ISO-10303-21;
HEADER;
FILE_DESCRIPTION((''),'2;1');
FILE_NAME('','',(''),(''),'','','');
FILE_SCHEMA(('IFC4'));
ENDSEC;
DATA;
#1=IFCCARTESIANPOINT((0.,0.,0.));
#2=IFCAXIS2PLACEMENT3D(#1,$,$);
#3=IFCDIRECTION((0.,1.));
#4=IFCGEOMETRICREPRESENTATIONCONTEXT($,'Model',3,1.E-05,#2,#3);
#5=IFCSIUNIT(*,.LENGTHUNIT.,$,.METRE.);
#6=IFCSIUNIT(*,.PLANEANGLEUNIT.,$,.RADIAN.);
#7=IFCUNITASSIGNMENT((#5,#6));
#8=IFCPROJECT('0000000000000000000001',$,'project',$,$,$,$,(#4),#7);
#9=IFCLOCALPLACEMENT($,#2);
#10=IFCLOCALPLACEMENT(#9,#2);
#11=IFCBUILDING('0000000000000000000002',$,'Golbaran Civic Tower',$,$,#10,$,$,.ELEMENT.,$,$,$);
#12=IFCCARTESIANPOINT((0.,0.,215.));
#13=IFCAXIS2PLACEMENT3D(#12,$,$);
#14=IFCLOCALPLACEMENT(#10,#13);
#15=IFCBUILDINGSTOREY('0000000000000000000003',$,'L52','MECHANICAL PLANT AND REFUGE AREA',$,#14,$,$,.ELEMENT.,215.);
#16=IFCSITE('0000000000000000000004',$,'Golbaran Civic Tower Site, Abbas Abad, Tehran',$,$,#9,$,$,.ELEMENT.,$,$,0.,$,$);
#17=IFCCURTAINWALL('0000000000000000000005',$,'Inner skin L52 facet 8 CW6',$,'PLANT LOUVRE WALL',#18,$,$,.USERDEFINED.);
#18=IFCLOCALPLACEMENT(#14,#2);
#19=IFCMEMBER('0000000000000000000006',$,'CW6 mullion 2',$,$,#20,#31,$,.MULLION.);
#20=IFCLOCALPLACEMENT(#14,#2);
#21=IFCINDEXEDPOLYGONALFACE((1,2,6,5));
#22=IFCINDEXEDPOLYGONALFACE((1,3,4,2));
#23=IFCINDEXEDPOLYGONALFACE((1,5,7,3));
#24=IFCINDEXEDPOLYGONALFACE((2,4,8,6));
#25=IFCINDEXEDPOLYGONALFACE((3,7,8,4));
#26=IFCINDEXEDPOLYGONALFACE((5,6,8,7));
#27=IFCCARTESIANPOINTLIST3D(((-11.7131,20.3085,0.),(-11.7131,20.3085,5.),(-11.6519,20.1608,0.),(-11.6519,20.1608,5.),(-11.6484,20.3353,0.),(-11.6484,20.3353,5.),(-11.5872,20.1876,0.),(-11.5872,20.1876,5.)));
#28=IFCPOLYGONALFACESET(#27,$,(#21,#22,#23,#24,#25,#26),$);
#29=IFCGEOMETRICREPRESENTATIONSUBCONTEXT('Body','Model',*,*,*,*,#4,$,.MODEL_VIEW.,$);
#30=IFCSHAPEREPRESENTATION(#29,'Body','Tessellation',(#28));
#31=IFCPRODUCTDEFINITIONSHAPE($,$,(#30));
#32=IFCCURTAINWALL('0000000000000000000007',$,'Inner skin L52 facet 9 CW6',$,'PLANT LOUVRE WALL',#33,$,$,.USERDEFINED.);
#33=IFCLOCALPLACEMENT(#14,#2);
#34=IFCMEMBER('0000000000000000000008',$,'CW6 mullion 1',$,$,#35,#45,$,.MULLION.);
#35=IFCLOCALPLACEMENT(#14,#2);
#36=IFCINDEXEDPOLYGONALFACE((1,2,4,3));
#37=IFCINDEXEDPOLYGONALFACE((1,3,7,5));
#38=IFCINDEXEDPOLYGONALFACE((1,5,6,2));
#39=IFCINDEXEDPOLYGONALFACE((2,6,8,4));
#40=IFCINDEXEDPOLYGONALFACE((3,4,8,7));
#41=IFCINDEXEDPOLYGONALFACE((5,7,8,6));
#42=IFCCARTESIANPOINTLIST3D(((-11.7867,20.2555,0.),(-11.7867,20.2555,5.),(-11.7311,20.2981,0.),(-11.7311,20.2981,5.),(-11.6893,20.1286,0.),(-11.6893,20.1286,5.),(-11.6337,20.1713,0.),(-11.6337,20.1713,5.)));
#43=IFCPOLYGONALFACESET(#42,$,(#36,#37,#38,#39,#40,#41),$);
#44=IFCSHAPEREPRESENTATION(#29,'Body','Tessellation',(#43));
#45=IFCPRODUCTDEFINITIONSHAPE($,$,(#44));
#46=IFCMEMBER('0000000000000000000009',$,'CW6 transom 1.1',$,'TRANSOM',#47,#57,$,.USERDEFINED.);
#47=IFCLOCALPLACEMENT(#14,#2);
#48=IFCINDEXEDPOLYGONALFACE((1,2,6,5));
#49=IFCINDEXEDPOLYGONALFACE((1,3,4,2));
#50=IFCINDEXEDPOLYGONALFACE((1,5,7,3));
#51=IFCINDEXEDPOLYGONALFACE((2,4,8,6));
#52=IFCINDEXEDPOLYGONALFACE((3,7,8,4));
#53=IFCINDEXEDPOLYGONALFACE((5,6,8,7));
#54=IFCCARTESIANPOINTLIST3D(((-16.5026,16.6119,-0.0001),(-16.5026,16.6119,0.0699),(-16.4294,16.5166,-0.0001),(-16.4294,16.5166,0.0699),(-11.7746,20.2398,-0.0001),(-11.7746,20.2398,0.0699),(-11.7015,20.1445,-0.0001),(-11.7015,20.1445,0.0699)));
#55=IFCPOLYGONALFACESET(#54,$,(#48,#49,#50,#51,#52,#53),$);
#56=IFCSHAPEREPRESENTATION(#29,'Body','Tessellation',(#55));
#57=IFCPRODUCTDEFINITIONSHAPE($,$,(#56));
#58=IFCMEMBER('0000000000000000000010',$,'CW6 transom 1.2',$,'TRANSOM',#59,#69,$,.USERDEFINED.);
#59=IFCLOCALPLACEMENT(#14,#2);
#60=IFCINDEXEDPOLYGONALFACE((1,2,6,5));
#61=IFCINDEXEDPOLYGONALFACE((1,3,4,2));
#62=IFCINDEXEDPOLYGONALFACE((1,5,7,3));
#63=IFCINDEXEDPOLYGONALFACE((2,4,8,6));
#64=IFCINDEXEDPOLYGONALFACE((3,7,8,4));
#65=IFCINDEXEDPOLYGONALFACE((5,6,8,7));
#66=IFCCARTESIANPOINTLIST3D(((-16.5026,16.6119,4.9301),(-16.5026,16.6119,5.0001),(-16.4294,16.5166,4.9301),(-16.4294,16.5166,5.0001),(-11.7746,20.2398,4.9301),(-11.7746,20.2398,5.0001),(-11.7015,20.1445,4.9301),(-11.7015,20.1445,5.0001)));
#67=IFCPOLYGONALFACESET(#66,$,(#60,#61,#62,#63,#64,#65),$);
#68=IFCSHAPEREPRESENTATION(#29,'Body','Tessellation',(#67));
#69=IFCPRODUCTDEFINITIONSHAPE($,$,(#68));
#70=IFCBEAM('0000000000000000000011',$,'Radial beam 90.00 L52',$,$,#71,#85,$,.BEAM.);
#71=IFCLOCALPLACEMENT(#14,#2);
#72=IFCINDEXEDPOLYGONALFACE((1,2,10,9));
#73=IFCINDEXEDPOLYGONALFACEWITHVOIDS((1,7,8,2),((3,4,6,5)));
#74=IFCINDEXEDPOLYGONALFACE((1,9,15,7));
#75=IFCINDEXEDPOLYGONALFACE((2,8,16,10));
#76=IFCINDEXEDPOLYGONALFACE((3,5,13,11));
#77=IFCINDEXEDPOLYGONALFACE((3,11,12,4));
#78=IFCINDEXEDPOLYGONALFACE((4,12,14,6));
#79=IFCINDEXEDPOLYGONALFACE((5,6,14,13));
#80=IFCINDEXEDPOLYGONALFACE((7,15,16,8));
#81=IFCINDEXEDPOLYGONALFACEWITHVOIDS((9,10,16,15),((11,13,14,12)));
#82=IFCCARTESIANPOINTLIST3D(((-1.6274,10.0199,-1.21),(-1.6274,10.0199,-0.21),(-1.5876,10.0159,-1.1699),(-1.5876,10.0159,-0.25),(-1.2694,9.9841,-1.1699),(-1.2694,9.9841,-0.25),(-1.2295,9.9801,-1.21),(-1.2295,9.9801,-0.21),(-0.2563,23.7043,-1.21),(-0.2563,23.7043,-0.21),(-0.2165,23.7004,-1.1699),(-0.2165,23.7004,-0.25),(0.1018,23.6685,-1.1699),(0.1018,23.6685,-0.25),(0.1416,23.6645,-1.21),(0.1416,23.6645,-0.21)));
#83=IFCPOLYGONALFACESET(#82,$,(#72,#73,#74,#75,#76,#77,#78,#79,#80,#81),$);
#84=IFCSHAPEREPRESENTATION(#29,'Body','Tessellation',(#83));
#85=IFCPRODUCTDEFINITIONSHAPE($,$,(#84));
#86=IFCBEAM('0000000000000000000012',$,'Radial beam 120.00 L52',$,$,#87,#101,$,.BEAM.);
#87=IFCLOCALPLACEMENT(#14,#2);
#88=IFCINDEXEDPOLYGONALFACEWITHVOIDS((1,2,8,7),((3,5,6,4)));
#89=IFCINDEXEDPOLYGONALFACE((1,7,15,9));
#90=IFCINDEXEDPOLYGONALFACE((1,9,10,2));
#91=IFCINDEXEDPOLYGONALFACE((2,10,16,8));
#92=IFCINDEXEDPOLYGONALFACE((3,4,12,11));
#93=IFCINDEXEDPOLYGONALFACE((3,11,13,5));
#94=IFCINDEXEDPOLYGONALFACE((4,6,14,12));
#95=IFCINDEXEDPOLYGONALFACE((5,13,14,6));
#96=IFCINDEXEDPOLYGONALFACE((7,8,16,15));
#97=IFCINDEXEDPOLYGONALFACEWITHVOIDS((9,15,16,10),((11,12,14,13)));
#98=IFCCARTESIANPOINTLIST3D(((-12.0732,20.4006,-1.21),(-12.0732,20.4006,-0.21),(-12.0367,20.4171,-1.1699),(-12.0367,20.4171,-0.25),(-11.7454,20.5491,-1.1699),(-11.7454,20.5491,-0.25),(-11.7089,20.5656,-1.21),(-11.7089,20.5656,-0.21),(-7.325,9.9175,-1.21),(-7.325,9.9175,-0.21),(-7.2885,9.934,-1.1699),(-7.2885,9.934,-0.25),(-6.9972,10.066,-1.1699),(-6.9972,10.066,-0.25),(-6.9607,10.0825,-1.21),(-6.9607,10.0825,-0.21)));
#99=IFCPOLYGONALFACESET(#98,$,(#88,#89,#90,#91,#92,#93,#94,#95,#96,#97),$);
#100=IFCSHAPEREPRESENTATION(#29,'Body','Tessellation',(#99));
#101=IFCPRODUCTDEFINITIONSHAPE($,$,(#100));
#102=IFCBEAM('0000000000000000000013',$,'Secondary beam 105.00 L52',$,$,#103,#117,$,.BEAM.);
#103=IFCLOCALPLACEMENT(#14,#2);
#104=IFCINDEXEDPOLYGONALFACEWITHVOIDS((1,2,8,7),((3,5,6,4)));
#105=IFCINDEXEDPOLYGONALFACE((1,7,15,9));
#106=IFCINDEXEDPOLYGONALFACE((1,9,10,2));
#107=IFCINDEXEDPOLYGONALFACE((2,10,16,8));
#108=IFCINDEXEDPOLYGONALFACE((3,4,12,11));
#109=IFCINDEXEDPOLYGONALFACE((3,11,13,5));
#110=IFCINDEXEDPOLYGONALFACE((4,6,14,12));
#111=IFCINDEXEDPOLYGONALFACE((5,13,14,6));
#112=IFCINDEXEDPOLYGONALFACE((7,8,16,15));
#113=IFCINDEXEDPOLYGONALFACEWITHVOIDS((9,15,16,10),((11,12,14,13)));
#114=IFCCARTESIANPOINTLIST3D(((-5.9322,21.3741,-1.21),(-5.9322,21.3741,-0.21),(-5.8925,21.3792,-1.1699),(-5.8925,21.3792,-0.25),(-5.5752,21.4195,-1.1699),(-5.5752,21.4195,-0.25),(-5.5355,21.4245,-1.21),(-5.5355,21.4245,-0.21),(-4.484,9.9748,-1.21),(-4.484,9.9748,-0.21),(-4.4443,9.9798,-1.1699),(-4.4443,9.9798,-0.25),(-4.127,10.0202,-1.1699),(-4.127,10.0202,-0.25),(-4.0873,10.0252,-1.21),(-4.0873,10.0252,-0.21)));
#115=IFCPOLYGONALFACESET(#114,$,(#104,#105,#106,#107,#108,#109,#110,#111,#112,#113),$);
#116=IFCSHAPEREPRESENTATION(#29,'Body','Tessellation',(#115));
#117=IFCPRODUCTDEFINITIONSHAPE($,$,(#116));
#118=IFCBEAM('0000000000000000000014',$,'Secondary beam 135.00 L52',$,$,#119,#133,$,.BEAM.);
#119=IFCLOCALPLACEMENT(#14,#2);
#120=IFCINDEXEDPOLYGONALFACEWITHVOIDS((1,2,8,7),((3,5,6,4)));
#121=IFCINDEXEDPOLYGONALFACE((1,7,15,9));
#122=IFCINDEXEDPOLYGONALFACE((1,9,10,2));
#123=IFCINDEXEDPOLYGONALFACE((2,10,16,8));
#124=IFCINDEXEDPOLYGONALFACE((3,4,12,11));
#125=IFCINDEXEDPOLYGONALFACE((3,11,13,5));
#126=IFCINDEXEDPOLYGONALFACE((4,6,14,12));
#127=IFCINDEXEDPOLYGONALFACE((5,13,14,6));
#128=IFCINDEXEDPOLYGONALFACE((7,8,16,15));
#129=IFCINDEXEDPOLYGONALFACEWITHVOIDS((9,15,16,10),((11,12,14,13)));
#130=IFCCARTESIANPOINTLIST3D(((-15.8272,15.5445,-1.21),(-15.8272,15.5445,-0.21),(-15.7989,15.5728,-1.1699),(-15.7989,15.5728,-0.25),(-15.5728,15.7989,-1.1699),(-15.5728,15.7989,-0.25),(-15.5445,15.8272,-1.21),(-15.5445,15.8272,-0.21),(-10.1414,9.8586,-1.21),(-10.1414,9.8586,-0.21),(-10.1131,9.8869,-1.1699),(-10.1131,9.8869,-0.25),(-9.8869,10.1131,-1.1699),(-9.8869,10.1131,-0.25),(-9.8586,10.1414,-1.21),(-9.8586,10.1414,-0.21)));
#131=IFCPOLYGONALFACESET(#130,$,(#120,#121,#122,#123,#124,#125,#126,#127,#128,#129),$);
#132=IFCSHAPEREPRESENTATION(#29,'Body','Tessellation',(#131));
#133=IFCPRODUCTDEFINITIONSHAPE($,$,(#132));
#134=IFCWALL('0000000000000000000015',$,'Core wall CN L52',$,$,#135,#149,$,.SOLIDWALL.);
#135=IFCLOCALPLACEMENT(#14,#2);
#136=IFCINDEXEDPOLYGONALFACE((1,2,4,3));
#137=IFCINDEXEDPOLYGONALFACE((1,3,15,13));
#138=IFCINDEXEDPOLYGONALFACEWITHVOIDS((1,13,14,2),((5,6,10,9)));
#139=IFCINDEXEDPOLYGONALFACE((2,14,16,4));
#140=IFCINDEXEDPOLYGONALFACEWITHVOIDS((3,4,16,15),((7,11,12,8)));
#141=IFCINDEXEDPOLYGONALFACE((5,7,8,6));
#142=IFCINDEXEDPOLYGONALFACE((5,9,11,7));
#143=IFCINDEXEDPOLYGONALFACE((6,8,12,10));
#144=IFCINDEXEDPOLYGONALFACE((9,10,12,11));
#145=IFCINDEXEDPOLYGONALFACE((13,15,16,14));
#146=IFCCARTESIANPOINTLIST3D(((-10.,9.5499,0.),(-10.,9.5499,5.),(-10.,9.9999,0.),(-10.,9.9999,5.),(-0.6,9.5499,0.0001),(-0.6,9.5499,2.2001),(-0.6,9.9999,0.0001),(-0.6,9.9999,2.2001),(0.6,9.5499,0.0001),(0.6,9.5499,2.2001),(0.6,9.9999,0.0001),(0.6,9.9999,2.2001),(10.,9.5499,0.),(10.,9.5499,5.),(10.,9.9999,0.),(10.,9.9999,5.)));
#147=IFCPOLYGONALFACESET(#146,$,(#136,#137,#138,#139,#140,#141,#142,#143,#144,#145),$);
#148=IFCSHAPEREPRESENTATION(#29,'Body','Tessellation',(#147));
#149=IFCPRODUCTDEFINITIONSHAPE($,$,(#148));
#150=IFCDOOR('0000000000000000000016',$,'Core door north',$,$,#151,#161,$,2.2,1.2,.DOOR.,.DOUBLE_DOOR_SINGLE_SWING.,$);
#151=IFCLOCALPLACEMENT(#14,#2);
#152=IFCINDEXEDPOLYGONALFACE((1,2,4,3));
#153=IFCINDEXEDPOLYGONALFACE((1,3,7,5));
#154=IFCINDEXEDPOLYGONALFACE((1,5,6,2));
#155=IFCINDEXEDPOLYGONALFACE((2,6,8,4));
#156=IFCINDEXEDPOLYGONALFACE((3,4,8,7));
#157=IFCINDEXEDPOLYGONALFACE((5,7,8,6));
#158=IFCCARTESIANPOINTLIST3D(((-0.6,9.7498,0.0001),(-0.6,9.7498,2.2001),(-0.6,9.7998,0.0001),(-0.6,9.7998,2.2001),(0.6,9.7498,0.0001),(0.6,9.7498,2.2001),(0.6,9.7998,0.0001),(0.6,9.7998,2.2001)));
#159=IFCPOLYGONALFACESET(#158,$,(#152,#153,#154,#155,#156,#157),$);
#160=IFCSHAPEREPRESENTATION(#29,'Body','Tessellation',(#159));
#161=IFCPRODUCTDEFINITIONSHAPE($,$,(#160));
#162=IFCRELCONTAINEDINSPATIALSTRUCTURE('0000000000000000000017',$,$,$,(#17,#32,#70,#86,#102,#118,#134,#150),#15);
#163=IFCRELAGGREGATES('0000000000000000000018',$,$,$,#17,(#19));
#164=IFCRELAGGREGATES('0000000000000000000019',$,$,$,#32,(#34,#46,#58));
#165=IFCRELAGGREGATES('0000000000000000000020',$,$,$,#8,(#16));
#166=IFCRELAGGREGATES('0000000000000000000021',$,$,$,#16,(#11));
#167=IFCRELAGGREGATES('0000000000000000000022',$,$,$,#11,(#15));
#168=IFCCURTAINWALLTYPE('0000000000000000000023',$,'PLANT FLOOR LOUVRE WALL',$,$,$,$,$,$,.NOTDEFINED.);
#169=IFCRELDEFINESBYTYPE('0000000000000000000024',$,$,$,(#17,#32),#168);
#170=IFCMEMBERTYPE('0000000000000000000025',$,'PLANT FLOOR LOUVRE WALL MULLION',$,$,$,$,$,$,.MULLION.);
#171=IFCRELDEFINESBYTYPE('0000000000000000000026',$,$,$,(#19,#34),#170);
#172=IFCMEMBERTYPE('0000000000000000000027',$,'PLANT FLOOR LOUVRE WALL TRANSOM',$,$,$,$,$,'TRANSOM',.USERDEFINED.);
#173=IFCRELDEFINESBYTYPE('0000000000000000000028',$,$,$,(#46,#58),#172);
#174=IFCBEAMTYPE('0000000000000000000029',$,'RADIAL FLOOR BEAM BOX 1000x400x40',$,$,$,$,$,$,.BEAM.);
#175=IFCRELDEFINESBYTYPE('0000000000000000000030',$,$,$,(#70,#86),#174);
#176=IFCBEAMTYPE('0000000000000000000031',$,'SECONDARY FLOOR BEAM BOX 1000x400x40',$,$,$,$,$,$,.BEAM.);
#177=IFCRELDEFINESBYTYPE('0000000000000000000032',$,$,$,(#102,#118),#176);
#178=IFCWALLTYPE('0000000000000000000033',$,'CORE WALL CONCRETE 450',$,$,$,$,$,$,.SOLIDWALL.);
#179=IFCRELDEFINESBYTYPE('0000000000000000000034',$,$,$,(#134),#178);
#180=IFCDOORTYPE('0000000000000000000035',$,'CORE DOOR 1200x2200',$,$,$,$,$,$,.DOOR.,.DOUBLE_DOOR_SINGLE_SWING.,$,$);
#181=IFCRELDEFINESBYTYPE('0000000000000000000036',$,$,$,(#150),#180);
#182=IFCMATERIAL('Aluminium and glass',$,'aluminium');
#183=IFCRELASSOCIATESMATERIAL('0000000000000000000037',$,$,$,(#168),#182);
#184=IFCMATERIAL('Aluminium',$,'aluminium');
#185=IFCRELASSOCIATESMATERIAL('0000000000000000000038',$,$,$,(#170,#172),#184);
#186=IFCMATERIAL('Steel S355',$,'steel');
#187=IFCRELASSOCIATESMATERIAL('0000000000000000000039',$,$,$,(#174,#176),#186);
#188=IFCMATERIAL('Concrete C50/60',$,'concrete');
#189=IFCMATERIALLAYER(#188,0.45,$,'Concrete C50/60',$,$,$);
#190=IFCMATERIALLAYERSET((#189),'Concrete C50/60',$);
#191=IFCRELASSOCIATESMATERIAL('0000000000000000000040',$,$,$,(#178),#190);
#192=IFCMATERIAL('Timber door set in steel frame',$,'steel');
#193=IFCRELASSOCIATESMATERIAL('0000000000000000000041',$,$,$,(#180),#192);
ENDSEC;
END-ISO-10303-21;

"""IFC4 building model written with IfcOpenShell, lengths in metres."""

from ifc_helpers import new_model, si_unit, direction, frame, frame_2d, origin, origin_2d, place, context, subcontext, project, spatial, rectangle, hollow_rectangle, extrude, material, layer, layer_set, material_profile, profile_set, type_object, element, fill, aggregate, save


model = new_model("IFC4")

# Units and contexts
model_context = context("Model", 3, precision=1e-05, world=origin(), true_north=direction((0.0, 1.0)))
body_context = subcontext(model_context, "Body", "Model", "MODEL_VIEW")
ifc_project = project(units=[si_unit("LENGTHUNIT", "METRE"), si_unit("PLANEANGLEUNIT", "RADIAN")], contexts=[model_context])

# Site, building, storey
site_placement = place(None, origin())
site = spatial("IfcSite", under=ifc_project, at=site_placement, Name="Golbaran Civic Tower Site, Abbas Abad, Tehran", CompositionType="ELEMENT", RefElevation=0.0)
building_placement = place(site_placement, origin())
building = spatial("IfcBuilding", under=site, at=building_placement, Name="Golbaran Civic Tower", CompositionType="ELEMENT")
storey_placement = place(building_placement, frame((0.0, 0.0, 215.0)))
storey = spatial("IfcBuildingStorey", under=building, at=storey_placement, Name="L52", Description="MECHANICAL PLANT AND REFUGE AREA", CompositionType="ELEMENT", Elevation=215.0)

# Shared definitions
ifc_material_1 = material(Name="Steel S355", Category="steel")

# Curtain wall, member
ifc_material_2 = material(Name="Aluminium and glass", Category="aluminium")
curtain_wall_type = type_object("IfcCurtainWallType", Name="PLANT FLOOR LOUVRE WALL", PredefinedType="NOTDEFINED", material=ifc_material_2)
curtain_wall_1_placement = place(storey_placement, origin())
curtain_wall_1 = element("IfcCurtainWall", 1, at=curtain_wall_1_placement, inside=storey, type_object=curtain_wall_type, Name="Inner skin L52 facet 8 CW6", ObjectType="PLANT LOUVRE WALL", PredefinedType="USERDEFINED")
ifc_material_3 = material(Name="Aluminium", Category="aluminium")
ifc_material_profile_1 = material_profile(ifc_material_3, rectangle(XDim=0.1599, YDim=0.0701, at=origin_2d()), Name="PLANT FLOOR LOUVRE WALL MULLION")
ifc_profile_set_1 = profile_set([ifc_material_profile_1], Name="Aluminium")
member_type_1 = type_object("IfcMemberType", Name="PLANT FLOOR LOUVRE WALL MULLION", PredefinedType="MULLION", material=ifc_profile_set_1)
member_1_placement = place(storey_placement, frame((-11.6501, 20.248, 0.0), z_axis=(0.0, 0.0, 1.0), x_axis=(0.382683, -0.92388, 0.0)))
member_1 = element("IfcMember", 2, at=member_1_placement, type_object=member_type_1, Name="CW6 mullion 2", PredefinedType="MULLION", context=body_context, shape_type="SweptSolid", body=[
    extrude(rectangle(XDim=0.1599, YDim=0.0701, at=origin_2d()), origin(), (0.0, 0.0, 1.0), 5.0),
])
aggregate(curtain_wall_1, [member_1])

# Curtain wall, members
curtain_wall_2_placement = place(storey_placement, origin())
curtain_wall_2 = element("IfcCurtainWall", 3, at=curtain_wall_2_placement, inside=storey, type_object=curtain_wall_type, Name="Inner skin L52 facet 9 CW6", ObjectType="PLANT LOUVRE WALL", PredefinedType="USERDEFINED")
member_2_placement = place(storey_placement, frame((-11.7102, 20.2134, 0.0), z_axis=(0.0, 0.0, 1.0), x_axis=(0.608761, -0.793353, 0.0)))
member_2 = element("IfcMember", 4, at=member_2_placement, type_object=member_type_1, Name="CW6 mullion 1", PredefinedType="MULLION", context=body_context, shape_type="SweptSolid", body=[
    extrude(rectangle(XDim=0.1599, YDim=0.0701, at=origin_2d()), origin(), (0.0, 0.0, 1.0), 5.0),
])
ifc_material_profile_2 = material_profile(ifc_material_3, rectangle(XDim=0.1201, YDim=0.0701, at=origin_2d()), Name="PLANT FLOOR LOUVRE WALL TRANSOM")
ifc_profile_set_2 = profile_set([ifc_material_profile_2], Name="Aluminium")
member_type_2 = type_object("IfcMemberType", Name="PLANT FLOOR LOUVRE WALL TRANSOM", ElementType="TRANSOM", PredefinedType="USERDEFINED", material=ifc_profile_set_2)
member_3_placement = place(storey_placement, frame((-11.738, 20.1921, 0.0349), z_axis=(-0.793354, -0.60876, 0.0), x_axis=(0.60876, -0.793354, 0.0)))
member_3 = element("IfcMember", 5, at=member_3_placement, type_object=member_type_2, Name="CW6 transom 1.1", ObjectType="TRANSOM", PredefinedType="USERDEFINED", context=body_context, shape_type="SweptSolid", body=[
    extrude(rectangle(XDim=0.1201, YDim=0.0701, at=origin_2d()), origin(), (0.0, 0.0, 1.0), 5.9595),
])
member_4_placement = place(storey_placement, frame((-11.738, 20.1921, 4.9651), z_axis=(-0.793354, -0.60876, 0.0), x_axis=(0.60876, -0.793354, 0.0)))
member_4 = element("IfcMember", 6, at=member_4_placement, type_object=member_type_2, Name="CW6 transom 1.2", ObjectType="TRANSOM", PredefinedType="USERDEFINED", context=body_context, shape_type="SweptSolid", body=[
    extrude(rectangle(XDim=0.1201, YDim=0.0701, at=origin_2d()), origin(), (0.0, 0.0, 1.0), 5.9595),
])
aggregate(curtain_wall_2, [member_2, member_3, member_4])

# Beams
ifc_material_profile_3 = material_profile(ifc_material_1, hollow_rectangle(XDim=0.3999, YDim=1.0, WallThickness=0.04, at=origin_2d()), Name="BOX 1000x400x40")
ifc_profile_set_3 = profile_set([ifc_material_profile_3], Name="Steel S355")
beam_type_1 = type_object("IfcBeamType", Name="RADIAL FLOOR BEAM BOX 1000x400x40", PredefinedType="BEAM", material=ifc_profile_set_3)
beam_1_placement = place(storey_placement, frame((-1.4285, 10.0, -0.71), z_axis=(0.099695, 0.995018, 0.0), x_axis=(-0.995018, 0.099695, 0.0)))
element("IfcBeam", 7, at=beam_1_placement, inside=storey, type_object=beam_type_1, Name="Radial beam 90.00 L52", PredefinedType="BEAM", context=body_context, shape_type="SweptSolid", body=[
    extrude(hollow_rectangle(XDim=0.3999, YDim=1.0, WallThickness=0.04, at=origin_2d()), origin(), (0.0, 0.0, 1.0), 13.7529),
])
beam_2_placement = place(storey_placement, frame((-7.1428, 10.0, -0.71), z_axis=(-0.412594, 0.910915, 0.0), x_axis=(-0.910915, -0.412594, 0.0)))
element("IfcBeam", 8, at=beam_2_placement, inside=storey, type_object=beam_type_1, Name="Radial beam 120.00 L52", PredefinedType="BEAM", context=body_context, shape_type="SweptSolid", body=[
    extrude(hollow_rectangle(XDim=0.3999, YDim=1.0, WallThickness=0.04, at=origin_2d()), origin(), (0.0, 0.0, 1.0), 11.5083),
])
ifc_material_profile_4 = material_profile(ifc_material_1, hollow_rectangle(XDim=0.3999, YDim=1.0, WallThickness=0.04, at=origin_2d()), Name="BOX 1000x400x40")
ifc_profile_set_4 = profile_set([ifc_material_profile_4], Name="Steel S355")
beam_type_2 = type_object("IfcBeamType", Name="SECONDARY FLOOR BEAM BOX 1000x400x40", PredefinedType="BEAM", material=ifc_profile_set_4)
beam_3_placement = place(storey_placement, frame((-4.2856, 10.0, -0.71), z_axis=(-0.126032, 0.992026, 0.0), x_axis=(-0.992026, -0.126032, 0.0)))
element("IfcBeam", 9, at=beam_3_placement, inside=storey, type_object=beam_type_2, Name="Secondary beam 105.00 L52", PredefinedType="BEAM", context=body_context, shape_type="SweptSolid", body=[
    extrude(hollow_rectangle(XDim=0.3999, YDim=1.0, WallThickness=0.04, at=origin_2d()), origin(), (0.0, 0.0, 1.0), 11.491),
])
beam_4_placement = place(storey_placement, frame((-10.0, 10.0, -0.71), z_axis=(-0.707107, 0.707107, 0.0), x_axis=(-0.707107, -0.707107, 0.0)))
element("IfcBeam", 10, at=beam_4_placement, inside=storey, type_object=beam_type_2, Name="Secondary beam 135.00 L52", PredefinedType="BEAM", context=body_context, shape_type="SweptSolid", body=[
    extrude(hollow_rectangle(XDim=0.3999, YDim=1.0, WallThickness=0.04, at=origin_2d()), origin(), (0.0, 0.0, 1.0), 8.041),
])

# Wall, opening, door
ifc_material_4 = material(Name="Concrete C50/60", Category="concrete")
ifc_layer_1 = layer(ifc_material_4, 0.45, Name="Concrete C50/60")
ifc_layer_set_1 = layer_set([ifc_layer_1], Name="Concrete C50/60")
wall_type_1 = type_object("IfcWallType", Name="CORE WALL CONCRETE 450", PredefinedType="SOLIDWALL", material=ifc_layer_set_1)
wall_1_placement = place(storey_placement, frame((-10.0, 9.7749, 0.0), z_axis=(0.0, 0.0, 1.0), x_axis=(1.0, 0.0, 0.0)))
wall_1 = element("IfcWall", 11, at=wall_1_placement, inside=storey, type_object=wall_type_1, Name="Core wall CN L52", PredefinedType="SOLIDWALL", context=body_context, shape_type="SweptSolid", body=[
    extrude(rectangle(XDim=20.0, YDim=0.45, at=frame_2d((10.0, 0.0))), origin(), (0.0, 0.0, 1.0), 5.0),
])
opening_1_placement = place(wall_1_placement, frame((9.3999, 0.0, 0.0)))
opening_1 = element("IfcOpeningElement", 12, at=opening_1_placement, cuts=wall_1, PredefinedType="OPENING", context=body_context, shape_type="SweptSolid", body=[
    extrude(rectangle(XDim=1.2, YDim=2.2, at=frame_2d((0.6001, 1.1001))), frame((0.0, 0.2349, 0.0), z_axis=(0.0, -1.0, 0.0), x_axis=(1.0, 0.0, 0.0)), (0.0, 0.0, 1.0), 0.47),
])
ifc_material_5 = material(Name="Timber door set in steel frame", Category="steel")
door_type_1 = type_object("IfcDoorType", Name="CORE DOOR 1200x2200", OperationType="DOUBLE_DOOR_SINGLE_SWING", PredefinedType="DOOR", material=ifc_material_5)
door_1_placement = place(opening_1_placement, origin())
door_1 = element("IfcDoor", 13, at=door_1_placement, inside=storey, type_object=door_type_1, Name="Core door north", OperationType="DOUBLE_DOOR_SINGLE_SWING", OverallHeight=2.2, OverallWidth=1.2, PredefinedType="DOOR", context=body_context, shape_type="SweptSolid", body=[
    extrude(rectangle(XDim=1.2, YDim=2.2, at=frame_2d((0.6001, 1.1001))), frame((0.0, 0.0249, 0.0), z_axis=(0.0, -1.0, 0.0), x_axis=(1.0, 0.0, 0.0)), (0.0, 0.0, 1.0), 0.05),
])
fill(opening_1, door_1)

save(model, "model.ifc")
